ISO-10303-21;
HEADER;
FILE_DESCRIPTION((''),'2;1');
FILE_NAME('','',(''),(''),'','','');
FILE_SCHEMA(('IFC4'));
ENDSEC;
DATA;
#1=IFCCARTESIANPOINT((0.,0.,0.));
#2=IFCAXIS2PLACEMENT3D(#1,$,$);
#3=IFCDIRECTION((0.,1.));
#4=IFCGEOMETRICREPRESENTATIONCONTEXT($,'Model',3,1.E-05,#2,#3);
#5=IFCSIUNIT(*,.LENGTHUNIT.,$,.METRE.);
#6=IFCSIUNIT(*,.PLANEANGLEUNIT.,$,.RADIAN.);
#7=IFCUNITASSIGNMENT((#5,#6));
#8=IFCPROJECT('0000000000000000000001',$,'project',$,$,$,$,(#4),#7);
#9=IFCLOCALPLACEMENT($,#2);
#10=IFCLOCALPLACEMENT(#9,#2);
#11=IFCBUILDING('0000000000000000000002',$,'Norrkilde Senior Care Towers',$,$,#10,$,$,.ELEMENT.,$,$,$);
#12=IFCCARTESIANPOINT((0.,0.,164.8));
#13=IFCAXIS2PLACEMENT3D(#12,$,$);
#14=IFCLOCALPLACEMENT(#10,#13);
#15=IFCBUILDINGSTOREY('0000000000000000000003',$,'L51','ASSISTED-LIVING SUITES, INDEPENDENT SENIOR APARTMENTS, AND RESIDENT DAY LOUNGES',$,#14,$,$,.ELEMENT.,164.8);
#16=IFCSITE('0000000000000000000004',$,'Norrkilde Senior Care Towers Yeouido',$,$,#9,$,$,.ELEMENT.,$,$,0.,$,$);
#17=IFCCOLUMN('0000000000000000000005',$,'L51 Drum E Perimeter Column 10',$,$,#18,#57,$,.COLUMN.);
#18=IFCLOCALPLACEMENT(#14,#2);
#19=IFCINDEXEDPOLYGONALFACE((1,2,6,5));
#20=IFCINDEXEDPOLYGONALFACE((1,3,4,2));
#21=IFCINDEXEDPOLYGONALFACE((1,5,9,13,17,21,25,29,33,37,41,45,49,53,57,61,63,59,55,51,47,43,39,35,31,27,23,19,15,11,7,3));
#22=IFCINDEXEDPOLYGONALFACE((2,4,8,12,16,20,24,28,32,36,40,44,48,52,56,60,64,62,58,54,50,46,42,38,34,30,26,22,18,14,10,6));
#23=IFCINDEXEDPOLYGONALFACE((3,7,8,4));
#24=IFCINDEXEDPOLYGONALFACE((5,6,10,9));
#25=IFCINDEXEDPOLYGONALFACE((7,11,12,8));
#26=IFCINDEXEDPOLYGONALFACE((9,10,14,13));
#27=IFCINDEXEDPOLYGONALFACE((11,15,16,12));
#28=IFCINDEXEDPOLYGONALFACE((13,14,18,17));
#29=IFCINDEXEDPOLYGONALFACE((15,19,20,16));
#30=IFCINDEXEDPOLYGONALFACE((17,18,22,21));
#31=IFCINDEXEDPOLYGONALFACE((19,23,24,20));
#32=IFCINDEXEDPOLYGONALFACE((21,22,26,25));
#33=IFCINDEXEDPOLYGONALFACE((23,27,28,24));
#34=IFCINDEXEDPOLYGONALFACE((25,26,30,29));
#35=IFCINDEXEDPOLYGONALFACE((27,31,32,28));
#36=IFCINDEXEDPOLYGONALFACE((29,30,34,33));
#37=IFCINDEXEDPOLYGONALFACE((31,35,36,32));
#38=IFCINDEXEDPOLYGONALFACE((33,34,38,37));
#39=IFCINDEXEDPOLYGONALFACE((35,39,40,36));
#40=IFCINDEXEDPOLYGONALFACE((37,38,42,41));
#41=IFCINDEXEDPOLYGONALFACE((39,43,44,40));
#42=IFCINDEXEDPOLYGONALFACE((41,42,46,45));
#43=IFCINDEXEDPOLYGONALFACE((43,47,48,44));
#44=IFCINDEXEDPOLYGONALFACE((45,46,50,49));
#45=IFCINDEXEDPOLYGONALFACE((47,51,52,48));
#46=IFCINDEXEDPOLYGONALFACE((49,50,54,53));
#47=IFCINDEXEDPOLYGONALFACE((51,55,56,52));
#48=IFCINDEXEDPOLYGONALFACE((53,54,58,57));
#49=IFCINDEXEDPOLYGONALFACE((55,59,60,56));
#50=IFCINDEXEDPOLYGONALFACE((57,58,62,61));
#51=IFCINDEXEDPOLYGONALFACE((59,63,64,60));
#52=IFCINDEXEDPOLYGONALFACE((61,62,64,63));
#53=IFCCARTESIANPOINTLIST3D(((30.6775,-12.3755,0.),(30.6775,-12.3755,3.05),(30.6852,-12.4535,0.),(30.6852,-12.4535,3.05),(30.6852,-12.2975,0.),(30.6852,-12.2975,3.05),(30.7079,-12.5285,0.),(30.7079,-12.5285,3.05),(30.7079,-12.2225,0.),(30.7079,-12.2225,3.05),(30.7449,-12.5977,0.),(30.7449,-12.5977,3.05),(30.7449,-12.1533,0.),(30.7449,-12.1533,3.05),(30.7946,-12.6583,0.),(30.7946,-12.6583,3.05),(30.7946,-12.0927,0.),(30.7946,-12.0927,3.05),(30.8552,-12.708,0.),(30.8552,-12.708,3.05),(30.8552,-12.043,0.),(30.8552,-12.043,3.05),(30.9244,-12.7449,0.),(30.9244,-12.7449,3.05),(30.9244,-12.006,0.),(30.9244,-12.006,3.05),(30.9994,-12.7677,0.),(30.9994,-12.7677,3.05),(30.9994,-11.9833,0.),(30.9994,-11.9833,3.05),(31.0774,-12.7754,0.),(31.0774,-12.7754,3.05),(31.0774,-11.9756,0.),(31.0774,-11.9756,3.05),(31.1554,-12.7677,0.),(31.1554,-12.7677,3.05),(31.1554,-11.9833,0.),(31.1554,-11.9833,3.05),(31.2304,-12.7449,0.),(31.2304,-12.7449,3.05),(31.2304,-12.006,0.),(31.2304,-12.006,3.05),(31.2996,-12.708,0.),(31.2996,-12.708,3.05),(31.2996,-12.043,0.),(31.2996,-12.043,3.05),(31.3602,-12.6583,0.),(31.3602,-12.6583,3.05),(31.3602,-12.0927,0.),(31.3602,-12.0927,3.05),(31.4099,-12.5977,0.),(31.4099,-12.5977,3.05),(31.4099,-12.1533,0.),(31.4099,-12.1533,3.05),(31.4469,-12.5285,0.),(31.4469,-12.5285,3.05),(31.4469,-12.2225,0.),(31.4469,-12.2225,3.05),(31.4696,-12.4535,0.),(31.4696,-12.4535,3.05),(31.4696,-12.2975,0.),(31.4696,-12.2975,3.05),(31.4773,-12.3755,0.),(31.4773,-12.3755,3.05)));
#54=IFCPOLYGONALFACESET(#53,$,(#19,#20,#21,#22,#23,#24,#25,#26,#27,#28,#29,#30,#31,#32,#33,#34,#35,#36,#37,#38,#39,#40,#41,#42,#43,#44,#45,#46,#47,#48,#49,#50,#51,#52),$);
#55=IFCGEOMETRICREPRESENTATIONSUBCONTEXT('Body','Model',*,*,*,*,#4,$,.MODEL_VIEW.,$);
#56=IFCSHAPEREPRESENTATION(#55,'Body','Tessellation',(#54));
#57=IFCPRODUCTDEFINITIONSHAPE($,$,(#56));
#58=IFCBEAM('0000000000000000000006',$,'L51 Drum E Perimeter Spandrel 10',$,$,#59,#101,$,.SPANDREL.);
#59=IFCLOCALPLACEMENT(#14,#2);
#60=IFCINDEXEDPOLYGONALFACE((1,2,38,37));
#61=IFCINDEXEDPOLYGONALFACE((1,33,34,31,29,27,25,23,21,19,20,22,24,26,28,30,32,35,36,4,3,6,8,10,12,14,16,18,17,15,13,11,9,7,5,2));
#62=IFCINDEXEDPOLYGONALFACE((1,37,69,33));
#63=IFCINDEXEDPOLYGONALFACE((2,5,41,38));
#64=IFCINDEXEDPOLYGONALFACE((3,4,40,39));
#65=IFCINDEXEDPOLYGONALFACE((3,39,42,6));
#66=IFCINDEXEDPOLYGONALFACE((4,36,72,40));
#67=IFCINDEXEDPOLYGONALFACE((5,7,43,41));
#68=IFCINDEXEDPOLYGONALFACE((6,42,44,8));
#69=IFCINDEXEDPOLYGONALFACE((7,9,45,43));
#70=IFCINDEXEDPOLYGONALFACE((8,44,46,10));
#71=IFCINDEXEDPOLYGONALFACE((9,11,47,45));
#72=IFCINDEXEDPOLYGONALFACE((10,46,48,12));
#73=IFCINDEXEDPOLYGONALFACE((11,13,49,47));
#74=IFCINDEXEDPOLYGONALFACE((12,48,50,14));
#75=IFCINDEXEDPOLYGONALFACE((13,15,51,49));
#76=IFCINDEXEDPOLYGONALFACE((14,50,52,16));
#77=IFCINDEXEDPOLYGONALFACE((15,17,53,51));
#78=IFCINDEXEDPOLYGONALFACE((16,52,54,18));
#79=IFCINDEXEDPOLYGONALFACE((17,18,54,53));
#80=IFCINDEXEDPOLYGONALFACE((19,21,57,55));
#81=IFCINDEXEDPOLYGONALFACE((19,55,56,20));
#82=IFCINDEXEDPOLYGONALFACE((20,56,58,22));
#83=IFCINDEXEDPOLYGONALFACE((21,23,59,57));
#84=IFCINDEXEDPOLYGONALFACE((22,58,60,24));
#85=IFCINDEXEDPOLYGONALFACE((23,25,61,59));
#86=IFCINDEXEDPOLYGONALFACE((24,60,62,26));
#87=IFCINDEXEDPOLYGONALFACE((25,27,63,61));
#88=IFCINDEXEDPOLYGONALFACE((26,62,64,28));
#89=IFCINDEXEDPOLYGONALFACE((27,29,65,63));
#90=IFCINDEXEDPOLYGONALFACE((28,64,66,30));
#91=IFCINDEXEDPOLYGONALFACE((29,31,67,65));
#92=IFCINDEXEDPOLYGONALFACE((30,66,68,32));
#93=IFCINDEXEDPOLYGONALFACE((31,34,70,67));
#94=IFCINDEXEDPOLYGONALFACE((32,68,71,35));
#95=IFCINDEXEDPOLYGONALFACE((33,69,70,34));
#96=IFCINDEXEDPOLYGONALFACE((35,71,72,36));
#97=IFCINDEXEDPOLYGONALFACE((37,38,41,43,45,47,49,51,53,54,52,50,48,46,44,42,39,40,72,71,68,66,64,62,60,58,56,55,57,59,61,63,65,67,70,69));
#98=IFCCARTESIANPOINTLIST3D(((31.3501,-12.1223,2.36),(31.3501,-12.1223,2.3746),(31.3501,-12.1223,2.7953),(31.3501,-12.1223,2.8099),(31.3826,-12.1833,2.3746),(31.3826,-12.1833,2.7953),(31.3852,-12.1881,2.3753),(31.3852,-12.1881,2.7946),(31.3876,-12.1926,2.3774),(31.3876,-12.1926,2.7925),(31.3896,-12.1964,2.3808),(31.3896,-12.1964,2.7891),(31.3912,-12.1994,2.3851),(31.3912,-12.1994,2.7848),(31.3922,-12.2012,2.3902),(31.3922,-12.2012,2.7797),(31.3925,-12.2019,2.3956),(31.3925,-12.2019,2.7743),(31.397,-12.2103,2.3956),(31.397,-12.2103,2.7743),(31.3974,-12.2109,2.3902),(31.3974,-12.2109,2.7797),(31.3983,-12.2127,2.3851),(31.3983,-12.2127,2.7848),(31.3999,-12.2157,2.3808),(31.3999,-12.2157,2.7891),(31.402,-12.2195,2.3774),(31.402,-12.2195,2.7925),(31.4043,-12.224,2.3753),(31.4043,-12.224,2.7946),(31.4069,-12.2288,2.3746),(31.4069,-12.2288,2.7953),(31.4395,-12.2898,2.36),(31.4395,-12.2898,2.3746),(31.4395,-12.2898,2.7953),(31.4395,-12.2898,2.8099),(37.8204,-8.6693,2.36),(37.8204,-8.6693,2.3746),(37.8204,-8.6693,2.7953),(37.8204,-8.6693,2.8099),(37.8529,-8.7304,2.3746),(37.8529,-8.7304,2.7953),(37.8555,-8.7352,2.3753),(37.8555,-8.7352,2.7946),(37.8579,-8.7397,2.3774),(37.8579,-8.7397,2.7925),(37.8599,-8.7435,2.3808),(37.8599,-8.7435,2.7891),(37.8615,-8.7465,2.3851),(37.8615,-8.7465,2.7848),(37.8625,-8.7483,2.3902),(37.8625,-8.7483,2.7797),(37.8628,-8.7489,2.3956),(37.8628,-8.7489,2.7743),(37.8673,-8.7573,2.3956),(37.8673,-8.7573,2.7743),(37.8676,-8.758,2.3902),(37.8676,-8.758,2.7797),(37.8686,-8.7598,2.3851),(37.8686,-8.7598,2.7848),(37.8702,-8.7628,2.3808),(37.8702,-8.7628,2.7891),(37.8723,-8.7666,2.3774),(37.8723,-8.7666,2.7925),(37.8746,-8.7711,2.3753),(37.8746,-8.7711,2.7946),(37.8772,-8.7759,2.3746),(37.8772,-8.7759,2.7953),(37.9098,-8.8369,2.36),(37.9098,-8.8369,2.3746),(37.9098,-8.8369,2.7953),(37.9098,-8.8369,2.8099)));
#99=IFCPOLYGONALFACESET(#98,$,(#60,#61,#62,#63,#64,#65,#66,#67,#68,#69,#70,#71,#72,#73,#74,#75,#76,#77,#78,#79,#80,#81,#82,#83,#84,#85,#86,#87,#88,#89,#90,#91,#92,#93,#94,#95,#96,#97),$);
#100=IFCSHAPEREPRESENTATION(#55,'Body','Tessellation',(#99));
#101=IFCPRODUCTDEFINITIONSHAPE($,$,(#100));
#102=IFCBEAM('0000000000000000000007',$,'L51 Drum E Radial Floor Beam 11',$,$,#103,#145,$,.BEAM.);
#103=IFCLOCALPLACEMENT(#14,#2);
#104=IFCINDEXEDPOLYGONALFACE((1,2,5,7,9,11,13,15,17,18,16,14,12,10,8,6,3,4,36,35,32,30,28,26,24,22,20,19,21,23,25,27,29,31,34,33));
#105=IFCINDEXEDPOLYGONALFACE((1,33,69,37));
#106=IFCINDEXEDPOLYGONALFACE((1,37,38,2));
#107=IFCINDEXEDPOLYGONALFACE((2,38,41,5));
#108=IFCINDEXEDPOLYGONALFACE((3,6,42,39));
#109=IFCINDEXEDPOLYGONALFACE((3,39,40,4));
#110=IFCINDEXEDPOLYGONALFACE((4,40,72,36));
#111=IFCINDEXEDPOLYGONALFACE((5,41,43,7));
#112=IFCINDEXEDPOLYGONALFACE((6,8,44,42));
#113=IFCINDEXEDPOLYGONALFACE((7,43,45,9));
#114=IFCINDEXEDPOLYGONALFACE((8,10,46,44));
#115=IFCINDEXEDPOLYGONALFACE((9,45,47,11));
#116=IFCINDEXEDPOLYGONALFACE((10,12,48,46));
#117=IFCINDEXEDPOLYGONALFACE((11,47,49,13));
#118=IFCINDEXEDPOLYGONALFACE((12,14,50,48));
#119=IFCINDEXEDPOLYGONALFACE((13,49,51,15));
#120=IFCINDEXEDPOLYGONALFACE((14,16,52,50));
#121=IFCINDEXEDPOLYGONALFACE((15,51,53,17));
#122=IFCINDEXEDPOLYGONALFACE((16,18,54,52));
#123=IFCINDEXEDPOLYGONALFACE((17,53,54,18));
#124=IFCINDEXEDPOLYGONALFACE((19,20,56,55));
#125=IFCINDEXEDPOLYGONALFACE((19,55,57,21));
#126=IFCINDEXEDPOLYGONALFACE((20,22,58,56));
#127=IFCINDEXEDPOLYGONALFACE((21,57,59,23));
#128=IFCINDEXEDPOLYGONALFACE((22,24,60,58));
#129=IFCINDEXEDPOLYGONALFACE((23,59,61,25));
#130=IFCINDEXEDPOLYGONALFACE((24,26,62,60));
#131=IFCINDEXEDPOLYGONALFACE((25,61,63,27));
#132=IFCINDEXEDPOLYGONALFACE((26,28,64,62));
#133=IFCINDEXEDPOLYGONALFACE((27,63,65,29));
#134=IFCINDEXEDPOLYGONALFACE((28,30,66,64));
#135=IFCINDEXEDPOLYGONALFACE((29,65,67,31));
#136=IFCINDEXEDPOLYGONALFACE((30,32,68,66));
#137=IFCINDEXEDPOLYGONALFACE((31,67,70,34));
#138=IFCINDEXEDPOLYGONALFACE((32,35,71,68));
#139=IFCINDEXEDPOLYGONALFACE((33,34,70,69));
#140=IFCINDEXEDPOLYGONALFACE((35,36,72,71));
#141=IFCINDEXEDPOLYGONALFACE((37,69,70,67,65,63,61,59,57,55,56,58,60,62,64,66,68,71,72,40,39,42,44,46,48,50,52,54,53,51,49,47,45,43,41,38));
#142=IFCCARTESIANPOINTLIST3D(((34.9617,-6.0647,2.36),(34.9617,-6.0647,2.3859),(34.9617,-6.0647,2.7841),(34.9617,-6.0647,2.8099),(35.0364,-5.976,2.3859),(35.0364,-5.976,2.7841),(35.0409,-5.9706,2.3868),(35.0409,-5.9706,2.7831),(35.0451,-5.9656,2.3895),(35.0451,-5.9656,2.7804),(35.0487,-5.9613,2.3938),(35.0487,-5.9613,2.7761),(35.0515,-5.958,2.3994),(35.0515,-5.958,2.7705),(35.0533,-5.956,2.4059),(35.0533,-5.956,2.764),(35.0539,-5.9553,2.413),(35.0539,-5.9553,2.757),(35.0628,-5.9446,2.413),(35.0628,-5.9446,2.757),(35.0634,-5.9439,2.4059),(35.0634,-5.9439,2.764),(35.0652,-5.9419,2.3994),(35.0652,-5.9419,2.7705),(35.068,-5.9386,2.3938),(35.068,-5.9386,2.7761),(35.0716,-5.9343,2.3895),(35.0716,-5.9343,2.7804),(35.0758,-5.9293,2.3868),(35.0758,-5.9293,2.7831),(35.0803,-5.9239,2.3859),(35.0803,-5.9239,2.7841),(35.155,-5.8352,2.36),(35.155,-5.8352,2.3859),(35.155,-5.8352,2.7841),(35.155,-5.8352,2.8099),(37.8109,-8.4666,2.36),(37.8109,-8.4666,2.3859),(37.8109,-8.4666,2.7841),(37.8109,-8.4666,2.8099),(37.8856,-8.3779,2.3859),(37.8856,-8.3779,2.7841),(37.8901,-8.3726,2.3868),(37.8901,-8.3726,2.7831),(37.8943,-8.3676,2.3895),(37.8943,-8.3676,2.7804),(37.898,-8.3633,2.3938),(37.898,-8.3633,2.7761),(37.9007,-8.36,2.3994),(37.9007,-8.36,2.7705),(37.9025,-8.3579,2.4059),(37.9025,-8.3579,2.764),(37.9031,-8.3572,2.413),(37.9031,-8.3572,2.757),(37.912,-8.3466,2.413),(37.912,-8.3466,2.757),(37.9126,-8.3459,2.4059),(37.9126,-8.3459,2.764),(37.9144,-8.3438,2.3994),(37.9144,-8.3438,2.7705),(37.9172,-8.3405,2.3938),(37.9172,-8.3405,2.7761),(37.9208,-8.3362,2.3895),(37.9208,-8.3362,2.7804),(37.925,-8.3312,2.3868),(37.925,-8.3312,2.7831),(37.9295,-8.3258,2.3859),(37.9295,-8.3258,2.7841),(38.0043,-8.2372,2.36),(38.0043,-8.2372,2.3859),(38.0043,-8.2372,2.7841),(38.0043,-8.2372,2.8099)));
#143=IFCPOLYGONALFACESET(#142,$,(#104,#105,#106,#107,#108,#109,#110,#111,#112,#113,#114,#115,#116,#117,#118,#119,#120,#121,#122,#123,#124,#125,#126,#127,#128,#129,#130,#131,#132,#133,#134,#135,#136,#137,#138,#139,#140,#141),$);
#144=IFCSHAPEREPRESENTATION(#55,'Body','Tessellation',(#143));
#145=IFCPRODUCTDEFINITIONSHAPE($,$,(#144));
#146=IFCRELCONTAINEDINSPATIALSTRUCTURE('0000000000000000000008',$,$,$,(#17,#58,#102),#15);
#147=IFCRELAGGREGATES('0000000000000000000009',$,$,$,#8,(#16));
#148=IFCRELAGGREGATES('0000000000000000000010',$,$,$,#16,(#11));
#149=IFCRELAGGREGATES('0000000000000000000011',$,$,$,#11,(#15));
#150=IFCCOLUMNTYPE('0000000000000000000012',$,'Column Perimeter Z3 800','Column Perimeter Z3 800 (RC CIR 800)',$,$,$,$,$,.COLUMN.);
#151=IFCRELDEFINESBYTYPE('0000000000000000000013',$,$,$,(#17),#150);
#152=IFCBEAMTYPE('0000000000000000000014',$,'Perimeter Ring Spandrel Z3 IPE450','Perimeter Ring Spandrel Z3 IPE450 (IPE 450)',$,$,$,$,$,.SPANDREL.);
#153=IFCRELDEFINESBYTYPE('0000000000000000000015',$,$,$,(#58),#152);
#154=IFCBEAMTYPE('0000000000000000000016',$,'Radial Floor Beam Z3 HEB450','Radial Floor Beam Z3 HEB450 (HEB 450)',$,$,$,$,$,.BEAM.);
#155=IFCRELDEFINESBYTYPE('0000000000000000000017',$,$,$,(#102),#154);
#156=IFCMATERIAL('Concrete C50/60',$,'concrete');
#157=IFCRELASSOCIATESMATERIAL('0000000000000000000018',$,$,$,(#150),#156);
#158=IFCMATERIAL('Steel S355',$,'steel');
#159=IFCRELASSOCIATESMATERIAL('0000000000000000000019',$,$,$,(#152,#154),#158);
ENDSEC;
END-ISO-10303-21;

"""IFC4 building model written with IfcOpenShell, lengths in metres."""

from ifc_helpers import new_model, si_unit, direction, frame, origin, origin_2d, place, context, subcontext, project, spatial, circle, i_section, extrude, source, transform, mapped, material, material_profile, profile_set, type_object, type_shapes, element, save


model = new_model("IFC4")

# Units and contexts
model_context = context("Model", 3, precision=1e-05, world=origin(), true_north=direction((0.0, 1.0)))
body_context = subcontext(model_context, "Body", "Model", "MODEL_VIEW")
ifc_project = project(units=[si_unit("LENGTHUNIT", "METRE"), si_unit("PLANEANGLEUNIT", "RADIAN")], contexts=[model_context])

# Site, building, storey
site_placement = place(None, origin())
site = spatial("IfcSite", under=ifc_project, at=site_placement, Name="Norrkilde Senior Care Towers Yeouido", CompositionType="ELEMENT", RefElevation=0.0)
building_placement = place(site_placement, origin())
building = spatial("IfcBuilding", under=site, at=building_placement, Name="Norrkilde Senior Care Towers", CompositionType="ELEMENT")
storey_placement = place(building_placement, frame((0.0, 0.0, 164.8)))
storey = spatial("IfcBuildingStorey", under=building, at=storey_placement, Name="L51", Description="ASSISTED-LIVING SUITES, INDEPENDENT SENIOR APARTMENTS, AND RESIDENT DAY LOUNGES", CompositionType="ELEMENT", Elevation=164.8)

# Column
ifc_material_1 = material(Name="Concrete C50/60", Category="concrete")
ifc_material_profile_1 = material_profile(ifc_material_1, circle(Radius=0.3999, at=origin_2d()), Name="RC CIR 800")
ifc_profile_set_1 = profile_set([ifc_material_profile_1], Name="Concrete C50/60")
column_type = type_object("IfcColumnType", Name="Column Perimeter Z3 800", Description="Column Perimeter Z3 800 (RC CIR 800)", PredefinedType="COLUMN", material=ifc_profile_set_1)
shared_shape_1 = source(origin(), body_context, "Body", "SweptSolid", [
    extrude(circle(Radius=0.3999, at=origin_2d()), origin(), (0.0, 0.0, 1.0), 3.05),
])
type_shapes(column_type, [shared_shape_1])
column_placement = place(storey_placement, frame((31.0774, -12.3755, 0.0), z_axis=(0.0, 0.0, 1.0), x_axis=(1.0, 0.0, 0.0)))
element("IfcColumn", 1, at=column_placement, inside=storey, type_object=column_type, Name="L51 Drum E Perimeter Column 10", PredefinedType="COLUMN", context=body_context, shape_type="MappedRepresentation", body=[
    mapped(shared_shape_1, transform((0.0, 0.0, 0.0), x_axis=(1.0, 0.0, 0.0), y_axis=(0.0, 1.0, 0.0), z_axis=(0.0, 0.0, 1.0), scale=1.0)),
])

# Beams
ifc_material_2 = material(Name="Steel S355", Category="steel")
ifc_material_profile_2 = material_profile(ifc_material_2, i_section(OverallWidth=0.1899, OverallDepth=0.45, WebThickness=0.0095, FlangeThickness=0.0146, FilletRadius=0.021, at=origin_2d()), Name="IPE 450")
ifc_profile_set_2 = profile_set([ifc_material_profile_2], Name="Steel S355")
beam_type_1 = type_object("IfcBeamType", Name="Perimeter Ring Spandrel Z3 IPE450", Description="Perimeter Ring Spandrel Z3 IPE450 (IPE 450)", PredefinedType="SPANDREL", material=ifc_profile_set_2)
shared_shape_2 = source(origin(), body_context, "Body", "SweptSolid", [
    extrude(i_section(OverallWidth=0.1899, OverallDepth=0.45, WebThickness=0.0095, FlangeThickness=0.0146, FilletRadius=0.021, at=origin_2d()), origin(), (0.0, 0.0, 1.0), 7.334),
])
type_shapes(beam_type_1, [shared_shape_2])
beam_1_placement = place(storey_placement, frame((31.3948, -12.2061, 2.585), z_axis=(0.882234, 0.470811, 0.0), x_axis=(-0.470811, 0.882234, 0.0)))
element("IfcBeam", 2, at=beam_1_placement, inside=storey, type_object=beam_type_1, Name="L51 Drum E Perimeter Spandrel 10", PredefinedType="SPANDREL", context=body_context, shape_type="MappedRepresentation", body=[
    mapped(shared_shape_2, transform((0.0, 0.0, 0.0), x_axis=(1.0, 0.0, 0.0), y_axis=(0.0, 1.0, 0.0), z_axis=(0.0, 0.0, 1.0), scale=1.0)),
])
ifc_material_profile_3 = material_profile(ifc_material_2, i_section(OverallWidth=0.3, OverallDepth=0.45, WebThickness=0.0139, FlangeThickness=0.0259, FilletRadius=0.0271, at=origin_2d()), Name="HEB 450")
ifc_profile_set_3 = profile_set([ifc_material_profile_3], Name="Steel S355")
beam_type_2 = type_object("IfcBeamType", Name="Radial Floor Beam Z3 HEB450", Description="Radial Floor Beam Z3 HEB450 (HEB 450)", PredefinedType="BEAM", material=ifc_profile_set_3)
shared_shape_3 = source(origin(), body_context, "Body", "SweptSolid", [
    extrude(i_section(OverallWidth=0.3, OverallDepth=0.45, WebThickness=0.0139, FlangeThickness=0.0259, FilletRadius=0.0271, at=origin_2d()), origin(), (0.0, 0.0, 1.0), 3.7266),
])
beam_2_placement = place(storey_placement, frame((35.0583, -5.95, 2.585), z_axis=(0.764568, -0.644543, 0.0), x_axis=(0.644543, 0.764568, 0.0)))
element("IfcBeam", 3, at=beam_2_placement, inside=storey, type_object=beam_type_2, Name="L51 Drum E Radial Floor Beam 11", PredefinedType="BEAM", context=body_context, shape_type="MappedRepresentation", body=[
    mapped(shared_shape_3, transform((0.0, 0.0, 0.0), x_axis=(1.0, 0.0, 0.0), y_axis=(0.0, 1.0, 0.0), z_axis=(0.0, 0.0, 1.0), scale=1.0)),
])

save(model, "model.ifc")
